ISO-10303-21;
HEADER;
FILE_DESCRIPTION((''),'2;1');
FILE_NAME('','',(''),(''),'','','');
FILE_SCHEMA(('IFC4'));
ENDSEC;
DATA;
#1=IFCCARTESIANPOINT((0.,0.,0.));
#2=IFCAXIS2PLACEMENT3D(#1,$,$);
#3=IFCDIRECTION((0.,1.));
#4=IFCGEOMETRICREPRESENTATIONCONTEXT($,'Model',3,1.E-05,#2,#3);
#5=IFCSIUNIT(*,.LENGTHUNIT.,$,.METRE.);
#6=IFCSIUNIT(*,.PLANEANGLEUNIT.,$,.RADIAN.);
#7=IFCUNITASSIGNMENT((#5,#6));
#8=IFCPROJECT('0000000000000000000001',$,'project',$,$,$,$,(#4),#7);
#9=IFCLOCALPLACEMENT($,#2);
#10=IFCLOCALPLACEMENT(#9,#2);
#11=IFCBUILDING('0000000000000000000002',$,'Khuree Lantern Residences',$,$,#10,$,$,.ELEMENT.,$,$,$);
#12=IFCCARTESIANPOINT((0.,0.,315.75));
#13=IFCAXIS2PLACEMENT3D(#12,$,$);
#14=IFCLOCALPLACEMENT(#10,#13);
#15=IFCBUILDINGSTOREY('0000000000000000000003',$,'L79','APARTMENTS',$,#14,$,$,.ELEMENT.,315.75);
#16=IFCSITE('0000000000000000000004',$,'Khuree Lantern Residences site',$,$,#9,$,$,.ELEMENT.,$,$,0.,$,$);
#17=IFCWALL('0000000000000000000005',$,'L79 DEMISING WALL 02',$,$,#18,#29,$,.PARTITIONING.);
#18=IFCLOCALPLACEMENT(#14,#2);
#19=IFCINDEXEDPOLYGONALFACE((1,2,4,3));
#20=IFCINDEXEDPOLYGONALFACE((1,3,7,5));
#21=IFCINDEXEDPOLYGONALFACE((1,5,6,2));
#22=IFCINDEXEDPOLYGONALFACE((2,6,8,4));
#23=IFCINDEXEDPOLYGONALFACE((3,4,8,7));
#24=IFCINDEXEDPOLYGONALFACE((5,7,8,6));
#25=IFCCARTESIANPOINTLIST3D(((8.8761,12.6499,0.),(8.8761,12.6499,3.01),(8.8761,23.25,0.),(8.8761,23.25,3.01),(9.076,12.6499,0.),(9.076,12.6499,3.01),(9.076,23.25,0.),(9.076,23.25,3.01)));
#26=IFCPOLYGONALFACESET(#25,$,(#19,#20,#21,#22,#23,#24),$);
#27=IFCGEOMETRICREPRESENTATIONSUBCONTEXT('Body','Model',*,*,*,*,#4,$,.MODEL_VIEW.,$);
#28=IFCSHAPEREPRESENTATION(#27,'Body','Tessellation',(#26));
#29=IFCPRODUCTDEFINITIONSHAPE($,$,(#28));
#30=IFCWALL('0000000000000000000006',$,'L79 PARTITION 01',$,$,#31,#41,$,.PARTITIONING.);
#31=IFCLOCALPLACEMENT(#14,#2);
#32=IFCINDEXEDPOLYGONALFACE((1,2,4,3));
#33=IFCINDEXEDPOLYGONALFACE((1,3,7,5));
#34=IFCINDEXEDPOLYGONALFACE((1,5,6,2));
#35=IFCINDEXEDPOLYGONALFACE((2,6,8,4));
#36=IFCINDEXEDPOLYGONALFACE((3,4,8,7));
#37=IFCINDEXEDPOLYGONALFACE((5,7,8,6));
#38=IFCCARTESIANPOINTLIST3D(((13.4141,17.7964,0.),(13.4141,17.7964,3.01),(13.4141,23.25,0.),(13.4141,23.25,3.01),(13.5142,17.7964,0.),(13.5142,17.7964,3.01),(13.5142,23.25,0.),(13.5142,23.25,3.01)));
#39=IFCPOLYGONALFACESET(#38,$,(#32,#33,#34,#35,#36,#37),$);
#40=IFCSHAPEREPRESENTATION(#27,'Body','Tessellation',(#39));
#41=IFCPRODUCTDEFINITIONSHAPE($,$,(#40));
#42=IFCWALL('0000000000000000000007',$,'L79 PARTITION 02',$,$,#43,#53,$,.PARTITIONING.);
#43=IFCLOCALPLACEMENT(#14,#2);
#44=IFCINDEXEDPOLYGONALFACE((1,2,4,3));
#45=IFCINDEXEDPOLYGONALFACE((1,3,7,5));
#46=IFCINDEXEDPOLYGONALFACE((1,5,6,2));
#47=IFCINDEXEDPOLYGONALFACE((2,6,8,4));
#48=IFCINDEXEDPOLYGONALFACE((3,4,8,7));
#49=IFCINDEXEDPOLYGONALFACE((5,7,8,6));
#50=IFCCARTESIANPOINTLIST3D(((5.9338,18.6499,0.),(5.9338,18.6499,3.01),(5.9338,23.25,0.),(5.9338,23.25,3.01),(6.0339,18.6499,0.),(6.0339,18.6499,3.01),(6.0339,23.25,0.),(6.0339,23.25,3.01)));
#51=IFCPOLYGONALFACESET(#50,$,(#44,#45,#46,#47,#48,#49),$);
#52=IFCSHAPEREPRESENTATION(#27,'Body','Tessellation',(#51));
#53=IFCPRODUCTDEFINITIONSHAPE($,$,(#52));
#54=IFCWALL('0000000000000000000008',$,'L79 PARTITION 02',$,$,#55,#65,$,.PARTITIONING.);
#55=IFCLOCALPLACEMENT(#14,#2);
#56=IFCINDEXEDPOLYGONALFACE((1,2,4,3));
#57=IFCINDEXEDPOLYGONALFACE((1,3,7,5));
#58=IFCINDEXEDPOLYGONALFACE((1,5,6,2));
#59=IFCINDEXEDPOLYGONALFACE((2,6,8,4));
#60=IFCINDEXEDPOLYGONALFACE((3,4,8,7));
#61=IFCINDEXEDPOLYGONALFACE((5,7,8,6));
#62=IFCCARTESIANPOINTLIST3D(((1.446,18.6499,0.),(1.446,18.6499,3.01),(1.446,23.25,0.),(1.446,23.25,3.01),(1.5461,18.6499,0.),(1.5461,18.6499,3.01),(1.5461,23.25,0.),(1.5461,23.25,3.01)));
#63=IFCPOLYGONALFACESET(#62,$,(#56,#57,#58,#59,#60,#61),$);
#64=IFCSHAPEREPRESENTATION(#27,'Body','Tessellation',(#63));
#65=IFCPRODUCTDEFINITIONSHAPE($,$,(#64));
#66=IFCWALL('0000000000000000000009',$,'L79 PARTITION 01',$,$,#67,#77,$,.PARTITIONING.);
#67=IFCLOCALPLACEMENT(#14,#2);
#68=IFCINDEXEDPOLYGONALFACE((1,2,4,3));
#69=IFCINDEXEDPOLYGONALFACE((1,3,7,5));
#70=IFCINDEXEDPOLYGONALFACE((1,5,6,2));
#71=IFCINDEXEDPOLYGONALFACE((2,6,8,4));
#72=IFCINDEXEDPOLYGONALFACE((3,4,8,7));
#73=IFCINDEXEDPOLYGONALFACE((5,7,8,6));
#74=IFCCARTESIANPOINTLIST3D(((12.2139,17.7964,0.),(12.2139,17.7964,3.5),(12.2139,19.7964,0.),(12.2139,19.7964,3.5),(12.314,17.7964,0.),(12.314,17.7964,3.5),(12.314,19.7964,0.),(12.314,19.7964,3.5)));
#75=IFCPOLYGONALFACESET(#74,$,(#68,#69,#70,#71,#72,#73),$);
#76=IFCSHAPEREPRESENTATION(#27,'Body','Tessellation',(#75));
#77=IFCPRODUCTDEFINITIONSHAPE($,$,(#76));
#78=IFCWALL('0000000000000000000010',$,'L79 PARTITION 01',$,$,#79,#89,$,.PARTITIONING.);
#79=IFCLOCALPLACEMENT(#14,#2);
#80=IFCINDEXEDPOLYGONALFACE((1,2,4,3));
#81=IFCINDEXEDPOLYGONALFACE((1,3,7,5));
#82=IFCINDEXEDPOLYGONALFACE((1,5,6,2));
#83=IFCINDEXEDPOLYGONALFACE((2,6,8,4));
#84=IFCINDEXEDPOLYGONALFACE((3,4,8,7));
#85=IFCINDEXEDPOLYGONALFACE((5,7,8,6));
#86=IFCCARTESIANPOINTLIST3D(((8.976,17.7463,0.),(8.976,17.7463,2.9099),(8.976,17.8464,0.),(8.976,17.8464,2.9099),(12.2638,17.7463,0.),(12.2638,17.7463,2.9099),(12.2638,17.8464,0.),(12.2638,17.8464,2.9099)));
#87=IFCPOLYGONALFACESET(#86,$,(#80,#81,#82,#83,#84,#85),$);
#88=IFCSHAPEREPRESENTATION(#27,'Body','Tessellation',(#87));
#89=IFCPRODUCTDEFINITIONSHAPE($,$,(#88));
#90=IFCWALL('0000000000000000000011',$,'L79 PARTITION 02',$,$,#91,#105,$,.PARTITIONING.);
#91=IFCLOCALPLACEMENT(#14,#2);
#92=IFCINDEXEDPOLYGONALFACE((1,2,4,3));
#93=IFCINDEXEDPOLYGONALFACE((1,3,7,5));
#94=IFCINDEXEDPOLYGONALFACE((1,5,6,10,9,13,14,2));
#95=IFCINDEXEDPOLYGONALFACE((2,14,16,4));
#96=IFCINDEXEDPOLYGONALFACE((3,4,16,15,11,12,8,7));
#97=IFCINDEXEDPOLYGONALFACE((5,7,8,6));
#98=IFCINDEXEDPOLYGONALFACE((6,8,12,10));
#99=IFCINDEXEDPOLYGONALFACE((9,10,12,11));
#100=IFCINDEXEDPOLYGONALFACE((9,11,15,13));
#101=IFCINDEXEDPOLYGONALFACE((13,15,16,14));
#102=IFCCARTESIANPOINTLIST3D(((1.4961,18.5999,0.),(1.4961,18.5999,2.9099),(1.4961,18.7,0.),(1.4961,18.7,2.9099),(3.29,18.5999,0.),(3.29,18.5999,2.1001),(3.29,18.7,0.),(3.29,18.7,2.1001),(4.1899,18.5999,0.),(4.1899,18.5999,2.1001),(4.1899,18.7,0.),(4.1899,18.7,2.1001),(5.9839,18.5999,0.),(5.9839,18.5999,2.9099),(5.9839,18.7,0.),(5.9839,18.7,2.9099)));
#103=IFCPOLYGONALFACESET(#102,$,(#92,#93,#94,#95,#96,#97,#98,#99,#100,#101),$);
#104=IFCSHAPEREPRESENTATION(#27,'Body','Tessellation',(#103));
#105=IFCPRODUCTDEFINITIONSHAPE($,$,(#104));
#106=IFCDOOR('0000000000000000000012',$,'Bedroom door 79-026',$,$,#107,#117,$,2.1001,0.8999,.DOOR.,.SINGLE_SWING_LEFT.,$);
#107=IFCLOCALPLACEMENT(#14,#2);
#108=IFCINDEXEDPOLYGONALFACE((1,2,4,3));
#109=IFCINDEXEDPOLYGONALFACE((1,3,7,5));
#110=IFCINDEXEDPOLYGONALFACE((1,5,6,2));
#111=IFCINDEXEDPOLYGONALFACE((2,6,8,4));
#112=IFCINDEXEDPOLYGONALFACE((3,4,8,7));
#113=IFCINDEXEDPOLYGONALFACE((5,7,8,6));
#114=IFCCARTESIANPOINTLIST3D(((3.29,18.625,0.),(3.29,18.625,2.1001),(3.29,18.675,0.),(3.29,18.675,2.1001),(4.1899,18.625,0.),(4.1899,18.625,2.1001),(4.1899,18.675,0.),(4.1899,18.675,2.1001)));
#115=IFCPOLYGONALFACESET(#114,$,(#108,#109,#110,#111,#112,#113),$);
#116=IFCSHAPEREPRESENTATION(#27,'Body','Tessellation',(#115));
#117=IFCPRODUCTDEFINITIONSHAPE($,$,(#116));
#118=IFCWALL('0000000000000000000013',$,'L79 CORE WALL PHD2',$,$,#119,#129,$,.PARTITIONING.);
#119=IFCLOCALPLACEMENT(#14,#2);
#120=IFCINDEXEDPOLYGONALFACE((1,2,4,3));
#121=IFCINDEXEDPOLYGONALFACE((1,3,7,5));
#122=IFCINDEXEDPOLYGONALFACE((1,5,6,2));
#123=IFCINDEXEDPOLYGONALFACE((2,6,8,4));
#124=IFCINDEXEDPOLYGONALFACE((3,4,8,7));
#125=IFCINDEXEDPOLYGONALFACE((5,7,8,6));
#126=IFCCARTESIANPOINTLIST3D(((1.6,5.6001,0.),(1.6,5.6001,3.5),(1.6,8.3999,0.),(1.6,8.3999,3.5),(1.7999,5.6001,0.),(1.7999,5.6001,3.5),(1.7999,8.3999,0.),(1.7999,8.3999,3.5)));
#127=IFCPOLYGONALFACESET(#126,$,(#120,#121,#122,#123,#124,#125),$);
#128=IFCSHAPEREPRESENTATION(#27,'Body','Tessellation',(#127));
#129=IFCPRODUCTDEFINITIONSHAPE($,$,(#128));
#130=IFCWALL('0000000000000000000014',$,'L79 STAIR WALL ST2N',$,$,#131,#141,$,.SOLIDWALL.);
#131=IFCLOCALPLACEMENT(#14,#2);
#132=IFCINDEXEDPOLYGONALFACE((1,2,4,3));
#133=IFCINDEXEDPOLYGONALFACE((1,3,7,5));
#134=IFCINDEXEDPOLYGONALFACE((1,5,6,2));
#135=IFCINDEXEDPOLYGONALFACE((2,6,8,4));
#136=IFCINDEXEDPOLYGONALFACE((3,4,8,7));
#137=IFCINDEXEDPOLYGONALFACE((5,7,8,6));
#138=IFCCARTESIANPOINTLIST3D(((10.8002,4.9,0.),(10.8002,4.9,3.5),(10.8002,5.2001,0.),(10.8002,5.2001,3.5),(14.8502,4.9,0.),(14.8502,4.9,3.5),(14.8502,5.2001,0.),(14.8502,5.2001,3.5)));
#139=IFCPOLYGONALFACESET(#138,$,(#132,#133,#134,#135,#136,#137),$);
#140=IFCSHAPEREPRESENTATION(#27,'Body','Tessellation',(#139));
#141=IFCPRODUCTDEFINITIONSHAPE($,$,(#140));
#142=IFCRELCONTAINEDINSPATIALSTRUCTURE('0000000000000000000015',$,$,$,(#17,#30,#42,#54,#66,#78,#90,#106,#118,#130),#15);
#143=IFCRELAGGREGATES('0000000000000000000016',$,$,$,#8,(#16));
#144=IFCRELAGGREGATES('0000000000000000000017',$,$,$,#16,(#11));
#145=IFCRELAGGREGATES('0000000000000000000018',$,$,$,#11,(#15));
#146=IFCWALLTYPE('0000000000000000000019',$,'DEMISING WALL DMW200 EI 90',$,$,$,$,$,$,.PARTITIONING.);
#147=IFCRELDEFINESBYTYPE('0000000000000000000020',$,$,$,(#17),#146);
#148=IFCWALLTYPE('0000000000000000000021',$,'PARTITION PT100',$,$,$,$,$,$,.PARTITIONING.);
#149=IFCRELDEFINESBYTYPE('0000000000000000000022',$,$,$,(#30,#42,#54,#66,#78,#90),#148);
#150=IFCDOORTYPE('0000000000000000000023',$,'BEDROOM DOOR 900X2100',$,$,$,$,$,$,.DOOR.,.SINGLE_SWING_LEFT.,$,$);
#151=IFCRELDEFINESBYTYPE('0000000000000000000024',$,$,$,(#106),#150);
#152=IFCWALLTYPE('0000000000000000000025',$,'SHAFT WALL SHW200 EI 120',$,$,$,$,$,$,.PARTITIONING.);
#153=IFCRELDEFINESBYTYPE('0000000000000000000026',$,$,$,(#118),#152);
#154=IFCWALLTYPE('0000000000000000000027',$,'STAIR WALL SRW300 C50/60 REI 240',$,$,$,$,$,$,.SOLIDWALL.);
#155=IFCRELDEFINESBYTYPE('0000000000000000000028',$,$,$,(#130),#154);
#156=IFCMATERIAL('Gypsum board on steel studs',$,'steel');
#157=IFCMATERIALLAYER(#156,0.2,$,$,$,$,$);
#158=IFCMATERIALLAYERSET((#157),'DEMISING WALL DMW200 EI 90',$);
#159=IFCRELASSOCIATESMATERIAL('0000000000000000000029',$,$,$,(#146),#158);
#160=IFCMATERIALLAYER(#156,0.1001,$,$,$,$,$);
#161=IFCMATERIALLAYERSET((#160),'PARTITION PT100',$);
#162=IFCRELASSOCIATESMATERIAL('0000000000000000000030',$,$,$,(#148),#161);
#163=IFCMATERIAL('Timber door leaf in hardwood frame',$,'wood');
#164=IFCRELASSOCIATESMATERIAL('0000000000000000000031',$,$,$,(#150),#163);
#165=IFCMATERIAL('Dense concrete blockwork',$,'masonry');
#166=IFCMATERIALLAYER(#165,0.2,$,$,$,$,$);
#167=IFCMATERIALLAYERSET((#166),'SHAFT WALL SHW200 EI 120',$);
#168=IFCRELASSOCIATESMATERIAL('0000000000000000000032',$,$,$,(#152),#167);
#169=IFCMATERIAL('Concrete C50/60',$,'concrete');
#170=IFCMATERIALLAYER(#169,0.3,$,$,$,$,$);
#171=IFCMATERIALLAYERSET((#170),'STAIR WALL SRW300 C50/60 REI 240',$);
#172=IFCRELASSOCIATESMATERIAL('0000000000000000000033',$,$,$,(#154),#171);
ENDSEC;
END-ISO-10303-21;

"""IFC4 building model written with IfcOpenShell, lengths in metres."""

from ifc_helpers import new_model, si_unit, direction, frame, frame_2d, origin, place, context, subcontext, project, spatial, rectangle, extrude, material, layer, layer_set, type_object, element, fill, save


model = new_model("IFC4")

# Units and contexts
model_context = context("Model", 3, precision=1e-05, world=origin(), true_north=direction((0.0, 1.0)))
body_context = subcontext(model_context, "Body", "Model", "MODEL_VIEW")
ifc_project = project(units=[si_unit("LENGTHUNIT", "METRE"), si_unit("PLANEANGLEUNIT", "RADIAN")], contexts=[model_context])

# Site, building, storey
site_placement = place(None, origin())
site = spatial("IfcSite", under=ifc_project, at=site_placement, Name="Khuree Lantern Residences site", CompositionType="ELEMENT", RefElevation=0.0)
building_placement = place(site_placement, origin())
building = spatial("IfcBuilding", under=site, at=building_placement, Name="Khuree Lantern Residences", CompositionType="ELEMENT")
storey_placement = place(building_placement, frame((0.0, 0.0, 315.75)))
storey = spatial("IfcBuildingStorey", under=building, at=storey_placement, Name="L79", Description="APARTMENTS", CompositionType="ELEMENT", Elevation=315.75)

# Shared definitions
ifc_material_1 = material(Name="Timber door leaf in hardwood frame", Category="wood")

# Shared definitions
ifc_material_2 = material(Name="Dense concrete blockwork", Category="masonry")

# Walls
ifc_material_3 = material(Name="Gypsum board on steel studs", Category="steel")
ifc_layer_1 = layer(ifc_material_3, 0.2)
ifc_layer_set_1 = layer_set([ifc_layer_1], Name="DEMISING WALL DMW200 EI 90")
wall_type_1 = type_object("IfcWallType", Name="DEMISING WALL DMW200 EI 90", PredefinedType="PARTITIONING", material=ifc_layer_set_1)
wall_1_placement = place(storey_placement, frame((8.9761, 12.6499, 0.0), z_axis=(0.0, 0.0, 1.0), x_axis=(0.0, 1.0, 0.0)))
element("IfcWall", 1, at=wall_1_placement, inside=storey, type_object=wall_type_1, Name="L79 DEMISING WALL 02", PredefinedType="PARTITIONING", context=body_context, shape_type="SweptSolid", body=[
    extrude(rectangle(XDim=10.6001, YDim=0.2, at=frame_2d((5.3, 0.0))), origin(), (0.0, 0.0, 1.0), 3.01),
])
ifc_layer_2 = layer(ifc_material_3, 0.1001)
ifc_layer_set_2 = layer_set([ifc_layer_2], Name="PARTITION PT100")
wall_type_2 = type_object("IfcWallType", Name="PARTITION PT100", PredefinedType="PARTITIONING", material=ifc_layer_set_2)
wall_2_placement = place(storey_placement, frame((13.4641, 17.7964, 0.0), z_axis=(0.0, 0.0, 1.0), x_axis=(0.0, 1.0, 0.0)))
element("IfcWall", 2, at=wall_2_placement, inside=storey, type_object=wall_type_2, Name="L79 PARTITION 01", PredefinedType="PARTITIONING", context=body_context, shape_type="SweptSolid", body=[
    extrude(rectangle(XDim=5.4536, YDim=0.1001, at=frame_2d((2.7268, 0.0))), origin(), (0.0, 0.0, 1.0), 3.01),
])
for number, where, z_axis, x_axis, name in (
    (3, (5.9839, 18.6499, 0.0), (0.0, 0.0, 1.0), (0.0, 1.0, 0.0), "L79 PARTITION 02"),
    (4, (1.4961, 18.6499, 0.0), (0.0, 0.0, 1.0), (0.0, 1.0, 0.0), "L79 PARTITION 02"),
):
    element("IfcWall", number, at=place(storey_placement, frame(where, z_axis=z_axis, x_axis=x_axis)), inside=storey, type_object=wall_type_2, Name=name, PredefinedType="PARTITIONING", context=body_context, shape_type="SweptSolid", body=[
        extrude(rectangle(XDim=4.6001, YDim=0.1001, at=frame_2d((2.3, 0.0))), origin(), (0.0, 0.0, 1.0), 3.01),
    ])
wall_3_placement = place(storey_placement, frame((12.2639, 17.7964, 0.0), z_axis=(0.0, 0.0, 1.0), x_axis=(0.0, 1.0, 0.0)))
element("IfcWall", 5, at=wall_3_placement, inside=storey, type_object=wall_type_2, Name="L79 PARTITION 01", PredefinedType="PARTITIONING", context=body_context, shape_type="SweptSolid", body=[
    extrude(rectangle(XDim=2.0, YDim=0.1001, at=frame_2d((1.0, 0.0))), origin(), (0.0, 0.0, 1.0), 3.5),
])
wall_4_placement = place(storey_placement, frame((12.2639, 17.7964, 0.0), z_axis=(0.0, 0.0, 1.0), x_axis=(-1.0, 0.0, 0.0)))
element("IfcWall", 6, at=wall_4_placement, inside=storey, type_object=wall_type_2, Name="L79 PARTITION 01", PredefinedType="PARTITIONING", context=body_context, shape_type="SweptSolid", body=[
    extrude(rectangle(XDim=3.2878, YDim=0.1001, at=frame_2d((1.644, 0.0))), origin(), (0.0, 0.0, 1.0), 2.9099),
])

# Wall, opening, door
wall_5_placement = place(storey_placement, frame((5.9839, 18.6499, 0.0), z_axis=(0.0, 0.0, 1.0), x_axis=(-1.0, 0.0, 0.0)))
wall_5 = element("IfcWall", 7, at=wall_5_placement, inside=storey, type_object=wall_type_2, Name="L79 PARTITION 02", PredefinedType="PARTITIONING", context=body_context, shape_type="SweptSolid", body=[
    extrude(rectangle(XDim=4.4878, YDim=0.1001, at=frame_2d((2.2439, 0.0))), origin(), (0.0, 0.0, 1.0), 2.9099),
])
opening_1_placement = place(wall_5_placement, frame((1.7939, 0.0, 0.0)))
opening_1 = element("IfcOpeningElement", 8, at=opening_1_placement, cuts=wall_5, PredefinedType="OPENING", context=body_context, shape_type="SweptSolid", body=[
    extrude(rectangle(XDim=0.8999, YDim=2.1001, at=frame_2d((0.45, 1.05))), frame((0.0, 0.0601, 0.0), z_axis=(0.0, -1.0, 0.0), x_axis=(1.0, 0.0, 0.0)), (0.0, 0.0, 1.0), 0.1201),
])
door_type_1 = type_object("IfcDoorType", Name="BEDROOM DOOR 900X2100", OperationType="SINGLE_SWING_LEFT", PredefinedType="DOOR", material=ifc_material_1)
door_1_placement = place(opening_1_placement, origin())
door_1 = element("IfcDoor", 9, at=door_1_placement, inside=storey, type_object=door_type_1, Name="Bedroom door 79-026", OperationType="SINGLE_SWING_LEFT", OverallHeight=2.1001, OverallWidth=0.8999, PredefinedType="DOOR", context=body_context, shape_type="SweptSolid", body=[
    extrude(rectangle(XDim=0.8999, YDim=2.1001, at=frame_2d((0.45, 1.05))), frame((0.0, 0.0249, 0.0), z_axis=(0.0, -1.0, 0.0), x_axis=(1.0, 0.0, 0.0)), (0.0, 0.0, 1.0), 0.05),
])
fill(opening_1, door_1)

# Walls
ifc_layer_3 = layer(ifc_material_2, 0.2)
ifc_layer_set_3 = layer_set([ifc_layer_3], Name="SHAFT WALL SHW200 EI 120")
wall_type_3 = type_object("IfcWallType", Name="SHAFT WALL SHW200 EI 120", PredefinedType="PARTITIONING", material=ifc_layer_set_3)
wall_6_placement = place(storey_placement, frame((1.7, 5.6001, 0.0), z_axis=(0.0, 0.0, 1.0), x_axis=(0.0, 1.0, 0.0)))
element("IfcWall", 10, at=wall_6_placement, inside=storey, type_object=wall_type_3, Name="L79 CORE WALL PHD2", PredefinedType="PARTITIONING", context=body_context, shape_type="SweptSolid", body=[
    extrude(rectangle(XDim=2.7998, YDim=0.2, at=frame_2d((1.3999, 0.0))), origin(), (0.0, 0.0, 1.0), 3.5),
])
ifc_material_4 = material(Name="Concrete C50/60", Category="concrete")
ifc_layer_4 = layer(ifc_material_4, 0.3)
ifc_layer_set_4 = layer_set([ifc_layer_4], Name="STAIR WALL SRW300 C50/60 REI 240")
wall_type_4 = type_object("IfcWallType", Name="STAIR WALL SRW300 C50/60 REI 240", PredefinedType="SOLIDWALL", material=ifc_layer_set_4)
wall_7_placement = place(storey_placement, frame((14.8501, 5.05, 0.0), z_axis=(0.0, 0.0, 1.0), x_axis=(-1.0, 0.0, 0.0)))
element("IfcWall", 11, at=wall_7_placement, inside=storey, type_object=wall_type_4, Name="L79 STAIR WALL ST2N", PredefinedType="SOLIDWALL", context=body_context, shape_type="SweptSolid", body=[
    extrude(rectangle(XDim=4.05, YDim=0.3, at=frame_2d((2.0249, 0.0))), origin(), (0.0, 0.0, 1.0), 3.5),
])

save(model, "model.ifc")
